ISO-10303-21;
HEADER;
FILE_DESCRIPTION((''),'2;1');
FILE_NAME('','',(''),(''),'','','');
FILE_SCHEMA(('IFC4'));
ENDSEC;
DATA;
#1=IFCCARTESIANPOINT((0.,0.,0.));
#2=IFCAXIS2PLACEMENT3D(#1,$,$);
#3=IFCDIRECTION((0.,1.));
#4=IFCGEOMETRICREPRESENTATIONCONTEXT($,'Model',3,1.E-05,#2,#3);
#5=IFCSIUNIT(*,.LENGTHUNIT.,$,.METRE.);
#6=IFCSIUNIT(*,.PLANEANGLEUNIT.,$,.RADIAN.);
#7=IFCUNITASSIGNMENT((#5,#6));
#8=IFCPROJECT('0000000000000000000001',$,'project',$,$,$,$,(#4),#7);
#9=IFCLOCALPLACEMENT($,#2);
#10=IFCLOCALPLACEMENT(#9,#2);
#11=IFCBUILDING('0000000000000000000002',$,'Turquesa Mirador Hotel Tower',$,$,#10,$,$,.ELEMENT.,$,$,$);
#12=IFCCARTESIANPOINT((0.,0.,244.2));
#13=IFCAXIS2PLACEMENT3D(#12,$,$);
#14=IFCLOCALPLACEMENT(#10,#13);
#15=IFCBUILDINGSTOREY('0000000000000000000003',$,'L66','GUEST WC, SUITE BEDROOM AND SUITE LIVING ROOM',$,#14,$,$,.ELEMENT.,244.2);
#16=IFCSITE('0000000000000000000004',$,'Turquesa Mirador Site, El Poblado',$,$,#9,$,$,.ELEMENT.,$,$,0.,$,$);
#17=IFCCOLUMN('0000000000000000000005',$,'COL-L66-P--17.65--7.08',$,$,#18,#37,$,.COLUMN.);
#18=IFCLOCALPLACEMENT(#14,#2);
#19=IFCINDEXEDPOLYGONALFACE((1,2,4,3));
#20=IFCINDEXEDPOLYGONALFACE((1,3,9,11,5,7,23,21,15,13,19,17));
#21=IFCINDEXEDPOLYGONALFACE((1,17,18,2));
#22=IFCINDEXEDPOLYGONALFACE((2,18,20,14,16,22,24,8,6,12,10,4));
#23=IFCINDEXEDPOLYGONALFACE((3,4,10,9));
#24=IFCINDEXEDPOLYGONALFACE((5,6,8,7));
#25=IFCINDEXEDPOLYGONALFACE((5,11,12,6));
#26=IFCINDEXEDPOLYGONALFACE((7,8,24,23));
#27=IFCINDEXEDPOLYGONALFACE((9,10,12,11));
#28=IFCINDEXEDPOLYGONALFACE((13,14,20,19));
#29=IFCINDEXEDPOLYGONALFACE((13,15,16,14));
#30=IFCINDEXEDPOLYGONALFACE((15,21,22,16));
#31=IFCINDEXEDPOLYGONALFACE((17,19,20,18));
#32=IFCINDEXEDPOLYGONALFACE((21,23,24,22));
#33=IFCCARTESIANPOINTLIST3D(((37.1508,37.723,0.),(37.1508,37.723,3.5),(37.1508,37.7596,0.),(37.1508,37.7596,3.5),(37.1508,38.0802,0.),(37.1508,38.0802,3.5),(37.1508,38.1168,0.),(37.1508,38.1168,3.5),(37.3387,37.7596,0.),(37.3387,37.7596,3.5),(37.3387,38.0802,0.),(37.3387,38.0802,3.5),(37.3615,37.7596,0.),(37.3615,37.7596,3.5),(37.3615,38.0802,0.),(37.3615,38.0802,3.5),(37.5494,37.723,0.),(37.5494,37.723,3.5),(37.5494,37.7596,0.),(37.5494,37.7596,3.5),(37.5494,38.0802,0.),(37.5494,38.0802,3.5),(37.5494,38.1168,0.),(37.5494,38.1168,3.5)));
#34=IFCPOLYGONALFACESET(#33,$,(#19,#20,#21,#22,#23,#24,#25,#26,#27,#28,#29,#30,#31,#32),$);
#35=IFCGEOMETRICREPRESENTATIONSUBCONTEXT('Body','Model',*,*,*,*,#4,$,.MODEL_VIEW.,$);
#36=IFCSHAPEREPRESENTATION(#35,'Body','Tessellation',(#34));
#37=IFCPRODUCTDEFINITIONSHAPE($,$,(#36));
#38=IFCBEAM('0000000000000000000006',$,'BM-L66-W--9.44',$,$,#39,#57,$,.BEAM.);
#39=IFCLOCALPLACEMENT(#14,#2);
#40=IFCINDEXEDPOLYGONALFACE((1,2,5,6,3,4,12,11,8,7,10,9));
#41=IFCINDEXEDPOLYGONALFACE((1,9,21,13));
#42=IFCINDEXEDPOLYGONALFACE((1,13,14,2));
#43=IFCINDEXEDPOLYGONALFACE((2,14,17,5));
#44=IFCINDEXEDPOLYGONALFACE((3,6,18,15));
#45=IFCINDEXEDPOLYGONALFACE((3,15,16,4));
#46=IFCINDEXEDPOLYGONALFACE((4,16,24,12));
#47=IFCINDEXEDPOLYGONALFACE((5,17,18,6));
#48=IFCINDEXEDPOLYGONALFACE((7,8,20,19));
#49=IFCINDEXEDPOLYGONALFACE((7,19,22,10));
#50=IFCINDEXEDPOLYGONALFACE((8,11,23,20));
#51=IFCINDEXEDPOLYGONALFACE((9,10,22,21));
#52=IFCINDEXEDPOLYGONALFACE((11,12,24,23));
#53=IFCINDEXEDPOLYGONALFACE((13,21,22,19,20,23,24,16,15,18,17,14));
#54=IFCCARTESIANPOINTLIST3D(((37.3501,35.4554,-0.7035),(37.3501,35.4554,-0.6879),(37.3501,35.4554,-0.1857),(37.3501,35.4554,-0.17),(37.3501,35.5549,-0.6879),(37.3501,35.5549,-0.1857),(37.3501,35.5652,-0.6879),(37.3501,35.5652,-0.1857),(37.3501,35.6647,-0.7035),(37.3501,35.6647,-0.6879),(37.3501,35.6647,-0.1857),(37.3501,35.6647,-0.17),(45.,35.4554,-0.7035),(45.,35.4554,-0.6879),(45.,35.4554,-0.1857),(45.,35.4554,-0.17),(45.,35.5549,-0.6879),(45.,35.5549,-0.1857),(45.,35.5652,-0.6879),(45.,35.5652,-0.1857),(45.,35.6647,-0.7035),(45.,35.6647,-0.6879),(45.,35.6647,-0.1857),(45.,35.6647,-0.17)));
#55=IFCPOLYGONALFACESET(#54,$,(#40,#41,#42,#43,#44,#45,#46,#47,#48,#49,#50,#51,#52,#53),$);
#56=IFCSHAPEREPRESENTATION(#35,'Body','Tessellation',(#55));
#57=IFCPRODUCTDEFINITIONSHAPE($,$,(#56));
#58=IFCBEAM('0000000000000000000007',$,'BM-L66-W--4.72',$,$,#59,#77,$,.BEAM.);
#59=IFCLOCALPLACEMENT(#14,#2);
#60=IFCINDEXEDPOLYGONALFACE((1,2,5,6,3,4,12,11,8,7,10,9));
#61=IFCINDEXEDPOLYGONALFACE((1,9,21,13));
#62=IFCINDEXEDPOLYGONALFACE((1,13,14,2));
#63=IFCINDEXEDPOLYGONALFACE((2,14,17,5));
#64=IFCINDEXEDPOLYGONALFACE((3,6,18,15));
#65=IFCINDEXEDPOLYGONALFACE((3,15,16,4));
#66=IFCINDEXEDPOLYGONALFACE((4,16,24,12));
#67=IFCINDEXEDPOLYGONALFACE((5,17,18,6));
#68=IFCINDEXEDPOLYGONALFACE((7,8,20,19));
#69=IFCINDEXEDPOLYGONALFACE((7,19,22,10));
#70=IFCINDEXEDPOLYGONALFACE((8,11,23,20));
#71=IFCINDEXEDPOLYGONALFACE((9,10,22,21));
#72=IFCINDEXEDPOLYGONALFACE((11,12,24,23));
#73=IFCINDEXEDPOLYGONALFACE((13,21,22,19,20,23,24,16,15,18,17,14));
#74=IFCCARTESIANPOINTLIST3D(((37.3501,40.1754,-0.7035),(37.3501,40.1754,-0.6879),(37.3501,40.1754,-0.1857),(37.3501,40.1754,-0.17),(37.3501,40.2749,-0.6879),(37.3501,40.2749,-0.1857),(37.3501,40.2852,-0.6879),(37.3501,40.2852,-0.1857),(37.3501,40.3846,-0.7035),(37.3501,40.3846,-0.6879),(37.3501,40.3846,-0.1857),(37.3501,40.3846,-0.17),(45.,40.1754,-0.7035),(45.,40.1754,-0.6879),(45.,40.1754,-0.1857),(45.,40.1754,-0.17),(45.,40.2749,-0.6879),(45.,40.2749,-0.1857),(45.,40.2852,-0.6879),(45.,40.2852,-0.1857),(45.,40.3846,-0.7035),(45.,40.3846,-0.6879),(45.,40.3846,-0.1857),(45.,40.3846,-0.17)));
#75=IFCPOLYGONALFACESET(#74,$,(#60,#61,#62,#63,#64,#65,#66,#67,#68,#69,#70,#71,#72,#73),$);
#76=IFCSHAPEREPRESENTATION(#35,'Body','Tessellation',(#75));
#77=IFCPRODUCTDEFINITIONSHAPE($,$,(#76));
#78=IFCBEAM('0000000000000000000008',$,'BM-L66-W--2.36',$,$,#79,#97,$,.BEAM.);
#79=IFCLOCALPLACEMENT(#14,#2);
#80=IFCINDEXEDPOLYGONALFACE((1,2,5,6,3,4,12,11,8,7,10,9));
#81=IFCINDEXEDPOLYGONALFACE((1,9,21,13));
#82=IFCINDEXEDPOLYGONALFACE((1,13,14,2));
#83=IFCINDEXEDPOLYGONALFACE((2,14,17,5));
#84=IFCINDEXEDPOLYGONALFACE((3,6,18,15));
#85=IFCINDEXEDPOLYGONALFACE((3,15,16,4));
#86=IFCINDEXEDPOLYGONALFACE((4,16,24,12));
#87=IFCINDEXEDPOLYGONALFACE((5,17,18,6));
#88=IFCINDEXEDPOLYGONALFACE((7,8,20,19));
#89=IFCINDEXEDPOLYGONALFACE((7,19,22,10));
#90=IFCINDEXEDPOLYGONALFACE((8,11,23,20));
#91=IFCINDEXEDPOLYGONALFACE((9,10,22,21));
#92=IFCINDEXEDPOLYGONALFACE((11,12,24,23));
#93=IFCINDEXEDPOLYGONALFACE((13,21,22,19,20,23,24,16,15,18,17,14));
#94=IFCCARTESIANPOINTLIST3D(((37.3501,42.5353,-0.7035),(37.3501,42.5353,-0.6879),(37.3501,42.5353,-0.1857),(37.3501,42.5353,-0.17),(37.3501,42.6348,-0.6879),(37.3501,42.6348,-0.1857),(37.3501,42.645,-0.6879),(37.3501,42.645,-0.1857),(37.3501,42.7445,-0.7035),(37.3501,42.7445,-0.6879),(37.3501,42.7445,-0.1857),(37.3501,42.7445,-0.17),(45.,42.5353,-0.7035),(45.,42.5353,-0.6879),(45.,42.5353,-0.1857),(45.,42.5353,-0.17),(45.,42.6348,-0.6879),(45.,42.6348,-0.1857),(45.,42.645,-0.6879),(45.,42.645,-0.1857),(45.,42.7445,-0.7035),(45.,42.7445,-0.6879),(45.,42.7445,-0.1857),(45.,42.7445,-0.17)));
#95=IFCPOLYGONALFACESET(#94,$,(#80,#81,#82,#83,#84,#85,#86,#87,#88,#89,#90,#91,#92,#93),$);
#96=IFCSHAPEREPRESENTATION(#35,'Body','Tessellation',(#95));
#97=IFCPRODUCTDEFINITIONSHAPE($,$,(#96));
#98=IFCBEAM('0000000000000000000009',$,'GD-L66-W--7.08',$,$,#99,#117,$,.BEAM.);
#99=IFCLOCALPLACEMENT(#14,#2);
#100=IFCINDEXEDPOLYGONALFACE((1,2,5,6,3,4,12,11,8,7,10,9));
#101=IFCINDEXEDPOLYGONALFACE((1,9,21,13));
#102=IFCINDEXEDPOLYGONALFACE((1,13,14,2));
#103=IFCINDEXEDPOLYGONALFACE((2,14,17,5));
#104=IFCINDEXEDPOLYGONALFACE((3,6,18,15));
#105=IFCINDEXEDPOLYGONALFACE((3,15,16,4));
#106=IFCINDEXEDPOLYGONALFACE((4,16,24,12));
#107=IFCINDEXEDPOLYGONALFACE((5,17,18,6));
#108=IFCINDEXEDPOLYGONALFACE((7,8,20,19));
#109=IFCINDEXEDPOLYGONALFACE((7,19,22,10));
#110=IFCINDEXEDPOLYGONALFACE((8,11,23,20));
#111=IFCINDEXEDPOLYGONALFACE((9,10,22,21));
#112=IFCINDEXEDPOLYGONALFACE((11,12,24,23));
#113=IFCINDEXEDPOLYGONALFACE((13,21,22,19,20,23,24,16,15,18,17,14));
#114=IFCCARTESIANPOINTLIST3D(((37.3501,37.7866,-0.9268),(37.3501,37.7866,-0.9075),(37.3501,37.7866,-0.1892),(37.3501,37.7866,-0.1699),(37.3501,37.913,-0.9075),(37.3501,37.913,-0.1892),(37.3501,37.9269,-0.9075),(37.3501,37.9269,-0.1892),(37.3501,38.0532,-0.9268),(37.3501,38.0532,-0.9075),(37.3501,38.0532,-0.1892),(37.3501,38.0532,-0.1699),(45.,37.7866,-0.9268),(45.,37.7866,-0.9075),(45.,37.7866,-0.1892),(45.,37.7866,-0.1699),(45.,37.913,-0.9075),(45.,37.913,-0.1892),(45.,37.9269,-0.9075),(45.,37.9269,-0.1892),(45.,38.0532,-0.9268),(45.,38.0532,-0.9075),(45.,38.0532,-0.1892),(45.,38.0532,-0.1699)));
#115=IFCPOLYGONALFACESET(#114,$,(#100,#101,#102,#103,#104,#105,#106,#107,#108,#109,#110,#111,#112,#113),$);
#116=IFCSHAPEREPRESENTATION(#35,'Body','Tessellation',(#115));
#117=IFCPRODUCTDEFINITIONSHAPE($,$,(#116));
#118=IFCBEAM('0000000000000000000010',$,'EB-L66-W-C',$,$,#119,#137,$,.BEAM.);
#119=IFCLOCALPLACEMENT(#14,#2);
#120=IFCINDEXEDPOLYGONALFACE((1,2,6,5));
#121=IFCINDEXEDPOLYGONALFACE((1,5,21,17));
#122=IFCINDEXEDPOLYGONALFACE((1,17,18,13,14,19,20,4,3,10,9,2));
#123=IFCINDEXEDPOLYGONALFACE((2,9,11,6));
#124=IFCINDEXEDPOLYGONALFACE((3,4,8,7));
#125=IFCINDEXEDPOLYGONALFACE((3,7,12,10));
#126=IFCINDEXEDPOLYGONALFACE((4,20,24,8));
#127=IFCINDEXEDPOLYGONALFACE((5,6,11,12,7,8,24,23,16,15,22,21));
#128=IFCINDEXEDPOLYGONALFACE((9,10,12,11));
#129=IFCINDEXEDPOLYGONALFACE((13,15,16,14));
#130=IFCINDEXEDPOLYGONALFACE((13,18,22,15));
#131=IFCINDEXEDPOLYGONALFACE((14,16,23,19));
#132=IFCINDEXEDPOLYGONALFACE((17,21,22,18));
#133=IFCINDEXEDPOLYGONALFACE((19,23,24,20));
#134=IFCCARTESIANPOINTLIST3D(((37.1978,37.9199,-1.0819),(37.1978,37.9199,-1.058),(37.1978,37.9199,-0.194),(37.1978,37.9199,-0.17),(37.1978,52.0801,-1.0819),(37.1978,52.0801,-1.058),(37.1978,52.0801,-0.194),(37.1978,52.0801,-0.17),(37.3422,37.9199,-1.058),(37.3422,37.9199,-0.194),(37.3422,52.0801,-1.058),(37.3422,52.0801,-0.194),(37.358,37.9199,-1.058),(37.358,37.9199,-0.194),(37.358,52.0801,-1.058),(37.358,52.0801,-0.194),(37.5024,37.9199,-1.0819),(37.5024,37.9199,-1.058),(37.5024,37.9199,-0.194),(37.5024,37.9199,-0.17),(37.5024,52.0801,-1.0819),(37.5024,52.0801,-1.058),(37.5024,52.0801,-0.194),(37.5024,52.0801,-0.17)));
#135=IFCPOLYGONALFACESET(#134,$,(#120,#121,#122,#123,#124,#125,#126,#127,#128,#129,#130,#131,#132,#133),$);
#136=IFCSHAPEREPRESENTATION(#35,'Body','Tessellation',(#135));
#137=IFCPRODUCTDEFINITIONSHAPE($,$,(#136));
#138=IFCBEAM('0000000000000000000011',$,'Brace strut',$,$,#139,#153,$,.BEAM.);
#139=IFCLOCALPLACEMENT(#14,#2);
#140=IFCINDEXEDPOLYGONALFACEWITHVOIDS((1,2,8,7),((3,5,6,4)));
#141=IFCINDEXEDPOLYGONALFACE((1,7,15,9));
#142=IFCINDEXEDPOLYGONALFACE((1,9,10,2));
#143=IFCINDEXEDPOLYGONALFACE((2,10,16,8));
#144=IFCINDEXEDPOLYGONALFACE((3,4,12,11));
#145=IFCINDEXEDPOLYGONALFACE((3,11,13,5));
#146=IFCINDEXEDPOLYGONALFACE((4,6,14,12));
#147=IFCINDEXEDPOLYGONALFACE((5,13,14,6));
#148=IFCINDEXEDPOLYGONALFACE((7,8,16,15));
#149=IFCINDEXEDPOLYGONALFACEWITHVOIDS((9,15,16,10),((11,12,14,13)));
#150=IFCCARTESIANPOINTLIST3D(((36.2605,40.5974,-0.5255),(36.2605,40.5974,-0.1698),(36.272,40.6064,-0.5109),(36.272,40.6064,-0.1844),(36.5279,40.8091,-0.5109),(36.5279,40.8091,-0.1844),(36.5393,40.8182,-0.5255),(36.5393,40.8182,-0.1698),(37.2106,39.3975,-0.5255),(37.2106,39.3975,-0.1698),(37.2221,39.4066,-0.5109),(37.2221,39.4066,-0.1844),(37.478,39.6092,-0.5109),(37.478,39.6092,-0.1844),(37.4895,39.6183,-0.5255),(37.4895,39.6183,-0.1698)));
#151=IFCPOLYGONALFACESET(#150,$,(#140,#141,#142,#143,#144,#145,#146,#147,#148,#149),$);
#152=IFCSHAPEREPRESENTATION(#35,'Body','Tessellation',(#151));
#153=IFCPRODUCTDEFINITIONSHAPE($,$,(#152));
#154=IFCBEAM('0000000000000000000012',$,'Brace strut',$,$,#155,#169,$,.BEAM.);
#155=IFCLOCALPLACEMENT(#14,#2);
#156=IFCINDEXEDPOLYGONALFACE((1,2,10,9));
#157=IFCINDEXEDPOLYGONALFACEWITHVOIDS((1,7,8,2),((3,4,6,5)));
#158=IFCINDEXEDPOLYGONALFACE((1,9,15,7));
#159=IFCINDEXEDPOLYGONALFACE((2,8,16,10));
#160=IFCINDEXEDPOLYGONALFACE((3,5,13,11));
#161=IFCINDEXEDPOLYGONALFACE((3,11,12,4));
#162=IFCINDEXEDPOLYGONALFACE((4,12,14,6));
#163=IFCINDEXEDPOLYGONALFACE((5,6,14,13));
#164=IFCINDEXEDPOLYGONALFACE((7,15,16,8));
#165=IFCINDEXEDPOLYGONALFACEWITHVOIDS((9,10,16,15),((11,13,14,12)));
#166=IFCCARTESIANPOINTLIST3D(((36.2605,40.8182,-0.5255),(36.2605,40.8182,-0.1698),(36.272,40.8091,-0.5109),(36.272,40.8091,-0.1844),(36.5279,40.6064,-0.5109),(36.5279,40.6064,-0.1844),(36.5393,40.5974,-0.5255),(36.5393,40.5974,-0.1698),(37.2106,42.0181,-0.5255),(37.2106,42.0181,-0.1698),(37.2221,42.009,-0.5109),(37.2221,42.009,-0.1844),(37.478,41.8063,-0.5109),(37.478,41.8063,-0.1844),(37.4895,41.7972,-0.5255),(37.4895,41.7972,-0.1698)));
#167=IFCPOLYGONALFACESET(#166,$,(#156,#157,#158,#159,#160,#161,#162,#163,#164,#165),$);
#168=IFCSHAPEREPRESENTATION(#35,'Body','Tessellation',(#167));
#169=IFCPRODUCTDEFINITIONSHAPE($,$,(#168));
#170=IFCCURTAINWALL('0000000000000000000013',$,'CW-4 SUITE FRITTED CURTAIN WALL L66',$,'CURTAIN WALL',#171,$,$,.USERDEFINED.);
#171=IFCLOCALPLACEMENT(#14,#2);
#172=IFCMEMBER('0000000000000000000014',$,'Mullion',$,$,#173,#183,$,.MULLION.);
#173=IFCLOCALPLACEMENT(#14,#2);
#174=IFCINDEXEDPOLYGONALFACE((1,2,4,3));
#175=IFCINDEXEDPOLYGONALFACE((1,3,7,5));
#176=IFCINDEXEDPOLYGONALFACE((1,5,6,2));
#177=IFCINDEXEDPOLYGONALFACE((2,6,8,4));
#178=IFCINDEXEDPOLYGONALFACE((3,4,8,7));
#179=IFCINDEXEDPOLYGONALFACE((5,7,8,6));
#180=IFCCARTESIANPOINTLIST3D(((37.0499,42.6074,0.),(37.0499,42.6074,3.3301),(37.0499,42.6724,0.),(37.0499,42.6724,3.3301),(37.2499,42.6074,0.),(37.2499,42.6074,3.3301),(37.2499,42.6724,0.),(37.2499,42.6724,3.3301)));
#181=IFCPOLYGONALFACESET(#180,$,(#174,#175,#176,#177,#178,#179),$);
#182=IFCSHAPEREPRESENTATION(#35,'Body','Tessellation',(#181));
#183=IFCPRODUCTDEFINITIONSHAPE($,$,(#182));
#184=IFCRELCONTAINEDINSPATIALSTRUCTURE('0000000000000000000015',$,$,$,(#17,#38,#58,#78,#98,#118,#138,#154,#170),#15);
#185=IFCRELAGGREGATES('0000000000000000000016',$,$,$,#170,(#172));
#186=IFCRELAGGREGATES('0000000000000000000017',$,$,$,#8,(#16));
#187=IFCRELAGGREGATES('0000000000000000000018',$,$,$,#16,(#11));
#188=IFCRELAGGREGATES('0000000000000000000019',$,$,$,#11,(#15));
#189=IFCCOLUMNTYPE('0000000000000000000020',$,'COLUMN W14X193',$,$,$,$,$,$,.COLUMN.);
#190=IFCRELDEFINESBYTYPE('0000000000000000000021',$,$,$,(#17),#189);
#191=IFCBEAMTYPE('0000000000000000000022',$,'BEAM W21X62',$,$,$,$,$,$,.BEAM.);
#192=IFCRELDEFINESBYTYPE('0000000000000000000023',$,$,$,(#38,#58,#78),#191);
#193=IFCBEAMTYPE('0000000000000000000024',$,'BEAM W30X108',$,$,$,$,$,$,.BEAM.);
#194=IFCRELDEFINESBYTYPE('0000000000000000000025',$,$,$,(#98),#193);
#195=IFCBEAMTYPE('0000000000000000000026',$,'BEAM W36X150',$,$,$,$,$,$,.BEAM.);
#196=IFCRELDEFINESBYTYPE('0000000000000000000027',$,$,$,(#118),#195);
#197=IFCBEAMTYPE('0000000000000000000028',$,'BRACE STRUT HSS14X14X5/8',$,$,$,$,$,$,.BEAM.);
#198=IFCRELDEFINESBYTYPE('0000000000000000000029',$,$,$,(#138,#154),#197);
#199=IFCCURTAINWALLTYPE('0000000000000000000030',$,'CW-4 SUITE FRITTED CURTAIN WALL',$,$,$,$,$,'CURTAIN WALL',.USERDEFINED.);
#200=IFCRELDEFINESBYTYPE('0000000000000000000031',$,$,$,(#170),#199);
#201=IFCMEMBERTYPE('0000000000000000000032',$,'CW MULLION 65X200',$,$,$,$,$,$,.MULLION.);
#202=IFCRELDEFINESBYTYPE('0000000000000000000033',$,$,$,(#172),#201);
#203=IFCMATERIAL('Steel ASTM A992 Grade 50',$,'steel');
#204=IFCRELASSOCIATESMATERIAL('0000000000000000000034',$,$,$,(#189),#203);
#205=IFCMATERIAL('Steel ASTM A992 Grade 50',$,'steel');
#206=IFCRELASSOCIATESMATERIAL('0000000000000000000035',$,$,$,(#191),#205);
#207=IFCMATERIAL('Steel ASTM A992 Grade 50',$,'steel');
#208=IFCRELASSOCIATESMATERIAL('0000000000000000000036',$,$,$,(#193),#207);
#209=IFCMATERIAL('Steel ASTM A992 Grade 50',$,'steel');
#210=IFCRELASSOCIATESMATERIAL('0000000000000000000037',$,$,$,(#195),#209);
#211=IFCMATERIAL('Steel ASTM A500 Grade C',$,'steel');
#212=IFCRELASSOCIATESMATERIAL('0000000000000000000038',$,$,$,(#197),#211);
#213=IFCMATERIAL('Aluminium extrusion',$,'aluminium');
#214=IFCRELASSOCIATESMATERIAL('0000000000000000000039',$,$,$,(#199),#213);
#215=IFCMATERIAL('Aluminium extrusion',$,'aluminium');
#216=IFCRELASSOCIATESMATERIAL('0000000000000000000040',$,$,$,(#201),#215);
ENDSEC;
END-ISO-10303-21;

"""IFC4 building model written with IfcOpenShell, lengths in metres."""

from ifc_helpers import new_model, si_unit, direction, frame, origin, origin_2d, place, context, subcontext, project, spatial, rectangle, hollow_rectangle, i_section, extrude, material, material_profile, profile_set, type_object, element, aggregate, save


model = new_model("IFC4")

# Units and contexts
model_context = context("Model", 3, precision=1e-05, world=origin(), true_north=direction((0.0, 1.0)))
body_context = subcontext(model_context, "Body", "Model", "MODEL_VIEW")
ifc_project = project(units=[si_unit("LENGTHUNIT", "METRE"), si_unit("PLANEANGLEUNIT", "RADIAN")], contexts=[model_context])

# Site, building, storey
site_placement = place(None, origin())
site = spatial("IfcSite", under=ifc_project, at=site_placement, Name="Turquesa Mirador Site, El Poblado", CompositionType="ELEMENT", RefElevation=0.0)
building_placement = place(site_placement, origin())
building = spatial("IfcBuilding", under=site, at=building_placement, Name="Turquesa Mirador Hotel Tower", CompositionType="ELEMENT")
storey_placement = place(building_placement, frame((0.0, 0.0, 244.2)))
storey = spatial("IfcBuildingStorey", under=building, at=storey_placement, Name="L66", Description="GUEST WC, SUITE BEDROOM AND SUITE LIVING ROOM", CompositionType="ELEMENT", Elevation=244.2)

# Column
ifc_material_1 = material(Name="Steel ASTM A992 Grade 50", Category="steel")
ifc_material_profile_1 = material_profile(ifc_material_1, i_section(OverallWidth=0.3987, OverallDepth=0.3938, WebThickness=0.0227, FlangeThickness=0.0366, at=origin_2d()), Name="W14X193")
ifc_profile_set_1 = profile_set([ifc_material_profile_1], Name="Steel ASTM A992 Grade 50")
column_type = type_object("IfcColumnType", Name="COLUMN W14X193", PredefinedType="COLUMN", material=ifc_profile_set_1)
column_placement = place(storey_placement, frame((37.3501, 37.9199, 0.0), z_axis=(0.0, 0.0, 1.0), x_axis=(1.0, 0.0, 0.0)))
element("IfcColumn", 1, at=column_placement, inside=storey, type_object=column_type, Name="COL-L66-P--17.65--7.08", PredefinedType="COLUMN", context=body_context, shape_type="SweptSolid", body=[
    extrude(i_section(OverallWidth=0.3987, OverallDepth=0.3938, WebThickness=0.0227, FlangeThickness=0.0366, at=origin_2d()), origin(), (0.0, 0.0, 1.0), 3.5),
])

# Beams
ifc_material_2 = material(Name="Steel ASTM A992 Grade 50", Category="steel")
ifc_material_profile_2 = material_profile(ifc_material_2, i_section(OverallWidth=0.2092, OverallDepth=0.5334, WebThickness=0.0103, FlangeThickness=0.0156, at=origin_2d()), Name="W21X62")
ifc_profile_set_2 = profile_set([ifc_material_profile_2], Name="Steel ASTM A992 Grade 50")
beam_type_1 = type_object("IfcBeamType", Name="BEAM W21X62", PredefinedType="BEAM", material=ifc_profile_set_2)
for number, where, z_axis, x_axis, name in (
    (2, (37.3501, 35.5601, -0.4368), (1.0, 0.0, 0.0), (0.0, 1.0, 0.0), "BM-L66-W--9.44"),
    (3, (37.3501, 40.28, -0.4368), (1.0, 0.0, 0.0), (0.0, 1.0, 0.0), "BM-L66-W--4.72"),
    (4, (37.3501, 42.6399, -0.4368), (1.0, 0.0, 0.0), (0.0, 1.0, 0.0), "BM-L66-W--2.36"),
):
    element("IfcBeam", number, at=place(storey_placement, frame(where, z_axis=z_axis, x_axis=x_axis)), inside=storey, type_object=beam_type_1, Name=name, PredefinedType="BEAM", context=body_context, shape_type="SweptSolid", body=[
        extrude(i_section(OverallWidth=0.2092, OverallDepth=0.5334, WebThickness=0.0103, FlangeThickness=0.0156, at=origin_2d()), origin(), (0.0, 0.0, 1.0), 7.6499),
    ])
ifc_material_3 = material(Name="Steel ASTM A992 Grade 50", Category="steel")
ifc_material_profile_3 = material_profile(ifc_material_3, i_section(OverallWidth=0.2666, OverallDepth=0.7568, WebThickness=0.0139, FlangeThickness=0.0193, at=origin_2d()), Name="W30X108")
ifc_profile_set_3 = profile_set([ifc_material_profile_3], Name="Steel ASTM A992 Grade 50")
beam_type_2 = type_object("IfcBeamType", Name="BEAM W30X108", PredefinedType="BEAM", material=ifc_profile_set_3)
beam_1_placement = place(storey_placement, frame((37.3501, 37.9199, -0.5483), z_axis=(1.0, 0.0, 0.0), x_axis=(0.0, 1.0, 0.0)))
element("IfcBeam", 5, at=beam_1_placement, inside=storey, type_object=beam_type_2, Name="GD-L66-W--7.08", PredefinedType="BEAM", context=body_context, shape_type="SweptSolid", body=[
    extrude(i_section(OverallWidth=0.2666, OverallDepth=0.7568, WebThickness=0.0139, FlangeThickness=0.0193, at=origin_2d()), origin(), (0.0, 0.0, 1.0), 7.6499),
])
ifc_material_4 = material(Name="Steel ASTM A992 Grade 50", Category="steel")
ifc_material_profile_4 = material_profile(ifc_material_4, i_section(OverallWidth=0.3047, OverallDepth=0.9119, WebThickness=0.0159, FlangeThickness=0.0239, at=origin_2d()), Name="W36X150")
ifc_profile_set_4 = profile_set([ifc_material_profile_4], Name="Steel ASTM A992 Grade 50")
beam_type_3 = type_object("IfcBeamType", Name="BEAM W36X150", PredefinedType="BEAM", material=ifc_profile_set_4)
beam_2_placement = place(storey_placement, frame((37.3501, 37.9199, -0.626), z_axis=(0.0, 1.0, 0.0), x_axis=(-1.0, 0.0, 0.0)))
element("IfcBeam", 6, at=beam_2_placement, inside=storey, type_object=beam_type_3, Name="EB-L66-W-C", PredefinedType="BEAM", context=body_context, shape_type="SweptSolid", body=[
    extrude(i_section(OverallWidth=0.3047, OverallDepth=0.9119, WebThickness=0.0159, FlangeThickness=0.0239, at=origin_2d()), origin(), (0.0, 0.0, 1.0), 14.1602),
])
ifc_material_5 = material(Name="Steel ASTM A500 Grade C", Category="steel")
ifc_material_profile_5 = material_profile(ifc_material_5, hollow_rectangle(XDim=0.3557, YDim=0.3557, WallThickness=0.0146, at=origin_2d()), Name="HSS14X14X5/8")
ifc_profile_set_5 = profile_set([ifc_material_profile_5], Name="Steel ASTM A500 Grade C")
beam_type_4 = type_object("IfcBeamType", Name="BRACE STRUT HSS14X14X5/8", PredefinedType="BEAM", material=ifc_profile_set_5)
for number, where, z_axis, x_axis, name in (
    (7, (36.3999, 40.7078, -0.3477), (0.620797, -0.783971, 0.0), (0.783971, 0.620797, 0.0), "Brace strut"),
    (8, (36.3999, 40.7078, -0.3477), (0.620797, 0.783971, 0.0), (-0.783971, 0.620797, 0.0), "Brace strut"),
):
    element("IfcBeam", number, at=place(storey_placement, frame(where, z_axis=z_axis, x_axis=x_axis)), inside=storey, type_object=beam_type_4, Name=name, PredefinedType="BEAM", context=body_context, shape_type="SweptSolid", body=[
        extrude(hollow_rectangle(XDim=0.3557, YDim=0.3557, WallThickness=0.0146, at=origin_2d()), origin(), (0.0, 0.0, 1.0), 1.5305),
    ])

# Curtain wall, member
ifc_material_6 = material(Name="Aluminium extrusion", Category="aluminium")
curtain_wall_type = type_object("IfcCurtainWallType", Name="CW-4 SUITE FRITTED CURTAIN WALL", ElementType="CURTAIN WALL", PredefinedType="USERDEFINED", material=ifc_material_6)
curtain_wall_1_placement = place(storey_placement, origin())
curtain_wall_1 = element("IfcCurtainWall", 9, at=curtain_wall_1_placement, inside=storey, type_object=curtain_wall_type, Name="CW-4 SUITE FRITTED CURTAIN WALL L66", ObjectType="CURTAIN WALL", PredefinedType="USERDEFINED")
ifc_material_7 = material(Name="Aluminium extrusion", Category="aluminium")
ifc_material_profile_6 = material_profile(ifc_material_7, rectangle(XDim=0.0649, YDim=0.2, at=origin_2d()), Name="MULLION 65X200")
ifc_profile_set_6 = profile_set([ifc_material_profile_6], Name="Aluminium extrusion")
member_type_1 = type_object("IfcMemberType", Name="CW MULLION 65X200", PredefinedType="MULLION", material=ifc_profile_set_6)
member_1_placement = place(storey_placement, frame((37.1499, 42.6399, 0.0), z_axis=(0.0, 0.0, 1.0), x_axis=(0.0, -1.0, 0.0)))
member_1 = element("IfcMember", 10, at=member_1_placement, type_object=member_type_1, Name="Mullion", PredefinedType="MULLION", context=body_context, shape_type="SweptSolid", body=[
    extrude(rectangle(XDim=0.0649, YDim=0.2, at=origin_2d()), origin(), (0.0, 0.0, 1.0), 3.3301),
])

aggregate(curtain_wall_1, [member_1])

save(model, "model.ifc")
